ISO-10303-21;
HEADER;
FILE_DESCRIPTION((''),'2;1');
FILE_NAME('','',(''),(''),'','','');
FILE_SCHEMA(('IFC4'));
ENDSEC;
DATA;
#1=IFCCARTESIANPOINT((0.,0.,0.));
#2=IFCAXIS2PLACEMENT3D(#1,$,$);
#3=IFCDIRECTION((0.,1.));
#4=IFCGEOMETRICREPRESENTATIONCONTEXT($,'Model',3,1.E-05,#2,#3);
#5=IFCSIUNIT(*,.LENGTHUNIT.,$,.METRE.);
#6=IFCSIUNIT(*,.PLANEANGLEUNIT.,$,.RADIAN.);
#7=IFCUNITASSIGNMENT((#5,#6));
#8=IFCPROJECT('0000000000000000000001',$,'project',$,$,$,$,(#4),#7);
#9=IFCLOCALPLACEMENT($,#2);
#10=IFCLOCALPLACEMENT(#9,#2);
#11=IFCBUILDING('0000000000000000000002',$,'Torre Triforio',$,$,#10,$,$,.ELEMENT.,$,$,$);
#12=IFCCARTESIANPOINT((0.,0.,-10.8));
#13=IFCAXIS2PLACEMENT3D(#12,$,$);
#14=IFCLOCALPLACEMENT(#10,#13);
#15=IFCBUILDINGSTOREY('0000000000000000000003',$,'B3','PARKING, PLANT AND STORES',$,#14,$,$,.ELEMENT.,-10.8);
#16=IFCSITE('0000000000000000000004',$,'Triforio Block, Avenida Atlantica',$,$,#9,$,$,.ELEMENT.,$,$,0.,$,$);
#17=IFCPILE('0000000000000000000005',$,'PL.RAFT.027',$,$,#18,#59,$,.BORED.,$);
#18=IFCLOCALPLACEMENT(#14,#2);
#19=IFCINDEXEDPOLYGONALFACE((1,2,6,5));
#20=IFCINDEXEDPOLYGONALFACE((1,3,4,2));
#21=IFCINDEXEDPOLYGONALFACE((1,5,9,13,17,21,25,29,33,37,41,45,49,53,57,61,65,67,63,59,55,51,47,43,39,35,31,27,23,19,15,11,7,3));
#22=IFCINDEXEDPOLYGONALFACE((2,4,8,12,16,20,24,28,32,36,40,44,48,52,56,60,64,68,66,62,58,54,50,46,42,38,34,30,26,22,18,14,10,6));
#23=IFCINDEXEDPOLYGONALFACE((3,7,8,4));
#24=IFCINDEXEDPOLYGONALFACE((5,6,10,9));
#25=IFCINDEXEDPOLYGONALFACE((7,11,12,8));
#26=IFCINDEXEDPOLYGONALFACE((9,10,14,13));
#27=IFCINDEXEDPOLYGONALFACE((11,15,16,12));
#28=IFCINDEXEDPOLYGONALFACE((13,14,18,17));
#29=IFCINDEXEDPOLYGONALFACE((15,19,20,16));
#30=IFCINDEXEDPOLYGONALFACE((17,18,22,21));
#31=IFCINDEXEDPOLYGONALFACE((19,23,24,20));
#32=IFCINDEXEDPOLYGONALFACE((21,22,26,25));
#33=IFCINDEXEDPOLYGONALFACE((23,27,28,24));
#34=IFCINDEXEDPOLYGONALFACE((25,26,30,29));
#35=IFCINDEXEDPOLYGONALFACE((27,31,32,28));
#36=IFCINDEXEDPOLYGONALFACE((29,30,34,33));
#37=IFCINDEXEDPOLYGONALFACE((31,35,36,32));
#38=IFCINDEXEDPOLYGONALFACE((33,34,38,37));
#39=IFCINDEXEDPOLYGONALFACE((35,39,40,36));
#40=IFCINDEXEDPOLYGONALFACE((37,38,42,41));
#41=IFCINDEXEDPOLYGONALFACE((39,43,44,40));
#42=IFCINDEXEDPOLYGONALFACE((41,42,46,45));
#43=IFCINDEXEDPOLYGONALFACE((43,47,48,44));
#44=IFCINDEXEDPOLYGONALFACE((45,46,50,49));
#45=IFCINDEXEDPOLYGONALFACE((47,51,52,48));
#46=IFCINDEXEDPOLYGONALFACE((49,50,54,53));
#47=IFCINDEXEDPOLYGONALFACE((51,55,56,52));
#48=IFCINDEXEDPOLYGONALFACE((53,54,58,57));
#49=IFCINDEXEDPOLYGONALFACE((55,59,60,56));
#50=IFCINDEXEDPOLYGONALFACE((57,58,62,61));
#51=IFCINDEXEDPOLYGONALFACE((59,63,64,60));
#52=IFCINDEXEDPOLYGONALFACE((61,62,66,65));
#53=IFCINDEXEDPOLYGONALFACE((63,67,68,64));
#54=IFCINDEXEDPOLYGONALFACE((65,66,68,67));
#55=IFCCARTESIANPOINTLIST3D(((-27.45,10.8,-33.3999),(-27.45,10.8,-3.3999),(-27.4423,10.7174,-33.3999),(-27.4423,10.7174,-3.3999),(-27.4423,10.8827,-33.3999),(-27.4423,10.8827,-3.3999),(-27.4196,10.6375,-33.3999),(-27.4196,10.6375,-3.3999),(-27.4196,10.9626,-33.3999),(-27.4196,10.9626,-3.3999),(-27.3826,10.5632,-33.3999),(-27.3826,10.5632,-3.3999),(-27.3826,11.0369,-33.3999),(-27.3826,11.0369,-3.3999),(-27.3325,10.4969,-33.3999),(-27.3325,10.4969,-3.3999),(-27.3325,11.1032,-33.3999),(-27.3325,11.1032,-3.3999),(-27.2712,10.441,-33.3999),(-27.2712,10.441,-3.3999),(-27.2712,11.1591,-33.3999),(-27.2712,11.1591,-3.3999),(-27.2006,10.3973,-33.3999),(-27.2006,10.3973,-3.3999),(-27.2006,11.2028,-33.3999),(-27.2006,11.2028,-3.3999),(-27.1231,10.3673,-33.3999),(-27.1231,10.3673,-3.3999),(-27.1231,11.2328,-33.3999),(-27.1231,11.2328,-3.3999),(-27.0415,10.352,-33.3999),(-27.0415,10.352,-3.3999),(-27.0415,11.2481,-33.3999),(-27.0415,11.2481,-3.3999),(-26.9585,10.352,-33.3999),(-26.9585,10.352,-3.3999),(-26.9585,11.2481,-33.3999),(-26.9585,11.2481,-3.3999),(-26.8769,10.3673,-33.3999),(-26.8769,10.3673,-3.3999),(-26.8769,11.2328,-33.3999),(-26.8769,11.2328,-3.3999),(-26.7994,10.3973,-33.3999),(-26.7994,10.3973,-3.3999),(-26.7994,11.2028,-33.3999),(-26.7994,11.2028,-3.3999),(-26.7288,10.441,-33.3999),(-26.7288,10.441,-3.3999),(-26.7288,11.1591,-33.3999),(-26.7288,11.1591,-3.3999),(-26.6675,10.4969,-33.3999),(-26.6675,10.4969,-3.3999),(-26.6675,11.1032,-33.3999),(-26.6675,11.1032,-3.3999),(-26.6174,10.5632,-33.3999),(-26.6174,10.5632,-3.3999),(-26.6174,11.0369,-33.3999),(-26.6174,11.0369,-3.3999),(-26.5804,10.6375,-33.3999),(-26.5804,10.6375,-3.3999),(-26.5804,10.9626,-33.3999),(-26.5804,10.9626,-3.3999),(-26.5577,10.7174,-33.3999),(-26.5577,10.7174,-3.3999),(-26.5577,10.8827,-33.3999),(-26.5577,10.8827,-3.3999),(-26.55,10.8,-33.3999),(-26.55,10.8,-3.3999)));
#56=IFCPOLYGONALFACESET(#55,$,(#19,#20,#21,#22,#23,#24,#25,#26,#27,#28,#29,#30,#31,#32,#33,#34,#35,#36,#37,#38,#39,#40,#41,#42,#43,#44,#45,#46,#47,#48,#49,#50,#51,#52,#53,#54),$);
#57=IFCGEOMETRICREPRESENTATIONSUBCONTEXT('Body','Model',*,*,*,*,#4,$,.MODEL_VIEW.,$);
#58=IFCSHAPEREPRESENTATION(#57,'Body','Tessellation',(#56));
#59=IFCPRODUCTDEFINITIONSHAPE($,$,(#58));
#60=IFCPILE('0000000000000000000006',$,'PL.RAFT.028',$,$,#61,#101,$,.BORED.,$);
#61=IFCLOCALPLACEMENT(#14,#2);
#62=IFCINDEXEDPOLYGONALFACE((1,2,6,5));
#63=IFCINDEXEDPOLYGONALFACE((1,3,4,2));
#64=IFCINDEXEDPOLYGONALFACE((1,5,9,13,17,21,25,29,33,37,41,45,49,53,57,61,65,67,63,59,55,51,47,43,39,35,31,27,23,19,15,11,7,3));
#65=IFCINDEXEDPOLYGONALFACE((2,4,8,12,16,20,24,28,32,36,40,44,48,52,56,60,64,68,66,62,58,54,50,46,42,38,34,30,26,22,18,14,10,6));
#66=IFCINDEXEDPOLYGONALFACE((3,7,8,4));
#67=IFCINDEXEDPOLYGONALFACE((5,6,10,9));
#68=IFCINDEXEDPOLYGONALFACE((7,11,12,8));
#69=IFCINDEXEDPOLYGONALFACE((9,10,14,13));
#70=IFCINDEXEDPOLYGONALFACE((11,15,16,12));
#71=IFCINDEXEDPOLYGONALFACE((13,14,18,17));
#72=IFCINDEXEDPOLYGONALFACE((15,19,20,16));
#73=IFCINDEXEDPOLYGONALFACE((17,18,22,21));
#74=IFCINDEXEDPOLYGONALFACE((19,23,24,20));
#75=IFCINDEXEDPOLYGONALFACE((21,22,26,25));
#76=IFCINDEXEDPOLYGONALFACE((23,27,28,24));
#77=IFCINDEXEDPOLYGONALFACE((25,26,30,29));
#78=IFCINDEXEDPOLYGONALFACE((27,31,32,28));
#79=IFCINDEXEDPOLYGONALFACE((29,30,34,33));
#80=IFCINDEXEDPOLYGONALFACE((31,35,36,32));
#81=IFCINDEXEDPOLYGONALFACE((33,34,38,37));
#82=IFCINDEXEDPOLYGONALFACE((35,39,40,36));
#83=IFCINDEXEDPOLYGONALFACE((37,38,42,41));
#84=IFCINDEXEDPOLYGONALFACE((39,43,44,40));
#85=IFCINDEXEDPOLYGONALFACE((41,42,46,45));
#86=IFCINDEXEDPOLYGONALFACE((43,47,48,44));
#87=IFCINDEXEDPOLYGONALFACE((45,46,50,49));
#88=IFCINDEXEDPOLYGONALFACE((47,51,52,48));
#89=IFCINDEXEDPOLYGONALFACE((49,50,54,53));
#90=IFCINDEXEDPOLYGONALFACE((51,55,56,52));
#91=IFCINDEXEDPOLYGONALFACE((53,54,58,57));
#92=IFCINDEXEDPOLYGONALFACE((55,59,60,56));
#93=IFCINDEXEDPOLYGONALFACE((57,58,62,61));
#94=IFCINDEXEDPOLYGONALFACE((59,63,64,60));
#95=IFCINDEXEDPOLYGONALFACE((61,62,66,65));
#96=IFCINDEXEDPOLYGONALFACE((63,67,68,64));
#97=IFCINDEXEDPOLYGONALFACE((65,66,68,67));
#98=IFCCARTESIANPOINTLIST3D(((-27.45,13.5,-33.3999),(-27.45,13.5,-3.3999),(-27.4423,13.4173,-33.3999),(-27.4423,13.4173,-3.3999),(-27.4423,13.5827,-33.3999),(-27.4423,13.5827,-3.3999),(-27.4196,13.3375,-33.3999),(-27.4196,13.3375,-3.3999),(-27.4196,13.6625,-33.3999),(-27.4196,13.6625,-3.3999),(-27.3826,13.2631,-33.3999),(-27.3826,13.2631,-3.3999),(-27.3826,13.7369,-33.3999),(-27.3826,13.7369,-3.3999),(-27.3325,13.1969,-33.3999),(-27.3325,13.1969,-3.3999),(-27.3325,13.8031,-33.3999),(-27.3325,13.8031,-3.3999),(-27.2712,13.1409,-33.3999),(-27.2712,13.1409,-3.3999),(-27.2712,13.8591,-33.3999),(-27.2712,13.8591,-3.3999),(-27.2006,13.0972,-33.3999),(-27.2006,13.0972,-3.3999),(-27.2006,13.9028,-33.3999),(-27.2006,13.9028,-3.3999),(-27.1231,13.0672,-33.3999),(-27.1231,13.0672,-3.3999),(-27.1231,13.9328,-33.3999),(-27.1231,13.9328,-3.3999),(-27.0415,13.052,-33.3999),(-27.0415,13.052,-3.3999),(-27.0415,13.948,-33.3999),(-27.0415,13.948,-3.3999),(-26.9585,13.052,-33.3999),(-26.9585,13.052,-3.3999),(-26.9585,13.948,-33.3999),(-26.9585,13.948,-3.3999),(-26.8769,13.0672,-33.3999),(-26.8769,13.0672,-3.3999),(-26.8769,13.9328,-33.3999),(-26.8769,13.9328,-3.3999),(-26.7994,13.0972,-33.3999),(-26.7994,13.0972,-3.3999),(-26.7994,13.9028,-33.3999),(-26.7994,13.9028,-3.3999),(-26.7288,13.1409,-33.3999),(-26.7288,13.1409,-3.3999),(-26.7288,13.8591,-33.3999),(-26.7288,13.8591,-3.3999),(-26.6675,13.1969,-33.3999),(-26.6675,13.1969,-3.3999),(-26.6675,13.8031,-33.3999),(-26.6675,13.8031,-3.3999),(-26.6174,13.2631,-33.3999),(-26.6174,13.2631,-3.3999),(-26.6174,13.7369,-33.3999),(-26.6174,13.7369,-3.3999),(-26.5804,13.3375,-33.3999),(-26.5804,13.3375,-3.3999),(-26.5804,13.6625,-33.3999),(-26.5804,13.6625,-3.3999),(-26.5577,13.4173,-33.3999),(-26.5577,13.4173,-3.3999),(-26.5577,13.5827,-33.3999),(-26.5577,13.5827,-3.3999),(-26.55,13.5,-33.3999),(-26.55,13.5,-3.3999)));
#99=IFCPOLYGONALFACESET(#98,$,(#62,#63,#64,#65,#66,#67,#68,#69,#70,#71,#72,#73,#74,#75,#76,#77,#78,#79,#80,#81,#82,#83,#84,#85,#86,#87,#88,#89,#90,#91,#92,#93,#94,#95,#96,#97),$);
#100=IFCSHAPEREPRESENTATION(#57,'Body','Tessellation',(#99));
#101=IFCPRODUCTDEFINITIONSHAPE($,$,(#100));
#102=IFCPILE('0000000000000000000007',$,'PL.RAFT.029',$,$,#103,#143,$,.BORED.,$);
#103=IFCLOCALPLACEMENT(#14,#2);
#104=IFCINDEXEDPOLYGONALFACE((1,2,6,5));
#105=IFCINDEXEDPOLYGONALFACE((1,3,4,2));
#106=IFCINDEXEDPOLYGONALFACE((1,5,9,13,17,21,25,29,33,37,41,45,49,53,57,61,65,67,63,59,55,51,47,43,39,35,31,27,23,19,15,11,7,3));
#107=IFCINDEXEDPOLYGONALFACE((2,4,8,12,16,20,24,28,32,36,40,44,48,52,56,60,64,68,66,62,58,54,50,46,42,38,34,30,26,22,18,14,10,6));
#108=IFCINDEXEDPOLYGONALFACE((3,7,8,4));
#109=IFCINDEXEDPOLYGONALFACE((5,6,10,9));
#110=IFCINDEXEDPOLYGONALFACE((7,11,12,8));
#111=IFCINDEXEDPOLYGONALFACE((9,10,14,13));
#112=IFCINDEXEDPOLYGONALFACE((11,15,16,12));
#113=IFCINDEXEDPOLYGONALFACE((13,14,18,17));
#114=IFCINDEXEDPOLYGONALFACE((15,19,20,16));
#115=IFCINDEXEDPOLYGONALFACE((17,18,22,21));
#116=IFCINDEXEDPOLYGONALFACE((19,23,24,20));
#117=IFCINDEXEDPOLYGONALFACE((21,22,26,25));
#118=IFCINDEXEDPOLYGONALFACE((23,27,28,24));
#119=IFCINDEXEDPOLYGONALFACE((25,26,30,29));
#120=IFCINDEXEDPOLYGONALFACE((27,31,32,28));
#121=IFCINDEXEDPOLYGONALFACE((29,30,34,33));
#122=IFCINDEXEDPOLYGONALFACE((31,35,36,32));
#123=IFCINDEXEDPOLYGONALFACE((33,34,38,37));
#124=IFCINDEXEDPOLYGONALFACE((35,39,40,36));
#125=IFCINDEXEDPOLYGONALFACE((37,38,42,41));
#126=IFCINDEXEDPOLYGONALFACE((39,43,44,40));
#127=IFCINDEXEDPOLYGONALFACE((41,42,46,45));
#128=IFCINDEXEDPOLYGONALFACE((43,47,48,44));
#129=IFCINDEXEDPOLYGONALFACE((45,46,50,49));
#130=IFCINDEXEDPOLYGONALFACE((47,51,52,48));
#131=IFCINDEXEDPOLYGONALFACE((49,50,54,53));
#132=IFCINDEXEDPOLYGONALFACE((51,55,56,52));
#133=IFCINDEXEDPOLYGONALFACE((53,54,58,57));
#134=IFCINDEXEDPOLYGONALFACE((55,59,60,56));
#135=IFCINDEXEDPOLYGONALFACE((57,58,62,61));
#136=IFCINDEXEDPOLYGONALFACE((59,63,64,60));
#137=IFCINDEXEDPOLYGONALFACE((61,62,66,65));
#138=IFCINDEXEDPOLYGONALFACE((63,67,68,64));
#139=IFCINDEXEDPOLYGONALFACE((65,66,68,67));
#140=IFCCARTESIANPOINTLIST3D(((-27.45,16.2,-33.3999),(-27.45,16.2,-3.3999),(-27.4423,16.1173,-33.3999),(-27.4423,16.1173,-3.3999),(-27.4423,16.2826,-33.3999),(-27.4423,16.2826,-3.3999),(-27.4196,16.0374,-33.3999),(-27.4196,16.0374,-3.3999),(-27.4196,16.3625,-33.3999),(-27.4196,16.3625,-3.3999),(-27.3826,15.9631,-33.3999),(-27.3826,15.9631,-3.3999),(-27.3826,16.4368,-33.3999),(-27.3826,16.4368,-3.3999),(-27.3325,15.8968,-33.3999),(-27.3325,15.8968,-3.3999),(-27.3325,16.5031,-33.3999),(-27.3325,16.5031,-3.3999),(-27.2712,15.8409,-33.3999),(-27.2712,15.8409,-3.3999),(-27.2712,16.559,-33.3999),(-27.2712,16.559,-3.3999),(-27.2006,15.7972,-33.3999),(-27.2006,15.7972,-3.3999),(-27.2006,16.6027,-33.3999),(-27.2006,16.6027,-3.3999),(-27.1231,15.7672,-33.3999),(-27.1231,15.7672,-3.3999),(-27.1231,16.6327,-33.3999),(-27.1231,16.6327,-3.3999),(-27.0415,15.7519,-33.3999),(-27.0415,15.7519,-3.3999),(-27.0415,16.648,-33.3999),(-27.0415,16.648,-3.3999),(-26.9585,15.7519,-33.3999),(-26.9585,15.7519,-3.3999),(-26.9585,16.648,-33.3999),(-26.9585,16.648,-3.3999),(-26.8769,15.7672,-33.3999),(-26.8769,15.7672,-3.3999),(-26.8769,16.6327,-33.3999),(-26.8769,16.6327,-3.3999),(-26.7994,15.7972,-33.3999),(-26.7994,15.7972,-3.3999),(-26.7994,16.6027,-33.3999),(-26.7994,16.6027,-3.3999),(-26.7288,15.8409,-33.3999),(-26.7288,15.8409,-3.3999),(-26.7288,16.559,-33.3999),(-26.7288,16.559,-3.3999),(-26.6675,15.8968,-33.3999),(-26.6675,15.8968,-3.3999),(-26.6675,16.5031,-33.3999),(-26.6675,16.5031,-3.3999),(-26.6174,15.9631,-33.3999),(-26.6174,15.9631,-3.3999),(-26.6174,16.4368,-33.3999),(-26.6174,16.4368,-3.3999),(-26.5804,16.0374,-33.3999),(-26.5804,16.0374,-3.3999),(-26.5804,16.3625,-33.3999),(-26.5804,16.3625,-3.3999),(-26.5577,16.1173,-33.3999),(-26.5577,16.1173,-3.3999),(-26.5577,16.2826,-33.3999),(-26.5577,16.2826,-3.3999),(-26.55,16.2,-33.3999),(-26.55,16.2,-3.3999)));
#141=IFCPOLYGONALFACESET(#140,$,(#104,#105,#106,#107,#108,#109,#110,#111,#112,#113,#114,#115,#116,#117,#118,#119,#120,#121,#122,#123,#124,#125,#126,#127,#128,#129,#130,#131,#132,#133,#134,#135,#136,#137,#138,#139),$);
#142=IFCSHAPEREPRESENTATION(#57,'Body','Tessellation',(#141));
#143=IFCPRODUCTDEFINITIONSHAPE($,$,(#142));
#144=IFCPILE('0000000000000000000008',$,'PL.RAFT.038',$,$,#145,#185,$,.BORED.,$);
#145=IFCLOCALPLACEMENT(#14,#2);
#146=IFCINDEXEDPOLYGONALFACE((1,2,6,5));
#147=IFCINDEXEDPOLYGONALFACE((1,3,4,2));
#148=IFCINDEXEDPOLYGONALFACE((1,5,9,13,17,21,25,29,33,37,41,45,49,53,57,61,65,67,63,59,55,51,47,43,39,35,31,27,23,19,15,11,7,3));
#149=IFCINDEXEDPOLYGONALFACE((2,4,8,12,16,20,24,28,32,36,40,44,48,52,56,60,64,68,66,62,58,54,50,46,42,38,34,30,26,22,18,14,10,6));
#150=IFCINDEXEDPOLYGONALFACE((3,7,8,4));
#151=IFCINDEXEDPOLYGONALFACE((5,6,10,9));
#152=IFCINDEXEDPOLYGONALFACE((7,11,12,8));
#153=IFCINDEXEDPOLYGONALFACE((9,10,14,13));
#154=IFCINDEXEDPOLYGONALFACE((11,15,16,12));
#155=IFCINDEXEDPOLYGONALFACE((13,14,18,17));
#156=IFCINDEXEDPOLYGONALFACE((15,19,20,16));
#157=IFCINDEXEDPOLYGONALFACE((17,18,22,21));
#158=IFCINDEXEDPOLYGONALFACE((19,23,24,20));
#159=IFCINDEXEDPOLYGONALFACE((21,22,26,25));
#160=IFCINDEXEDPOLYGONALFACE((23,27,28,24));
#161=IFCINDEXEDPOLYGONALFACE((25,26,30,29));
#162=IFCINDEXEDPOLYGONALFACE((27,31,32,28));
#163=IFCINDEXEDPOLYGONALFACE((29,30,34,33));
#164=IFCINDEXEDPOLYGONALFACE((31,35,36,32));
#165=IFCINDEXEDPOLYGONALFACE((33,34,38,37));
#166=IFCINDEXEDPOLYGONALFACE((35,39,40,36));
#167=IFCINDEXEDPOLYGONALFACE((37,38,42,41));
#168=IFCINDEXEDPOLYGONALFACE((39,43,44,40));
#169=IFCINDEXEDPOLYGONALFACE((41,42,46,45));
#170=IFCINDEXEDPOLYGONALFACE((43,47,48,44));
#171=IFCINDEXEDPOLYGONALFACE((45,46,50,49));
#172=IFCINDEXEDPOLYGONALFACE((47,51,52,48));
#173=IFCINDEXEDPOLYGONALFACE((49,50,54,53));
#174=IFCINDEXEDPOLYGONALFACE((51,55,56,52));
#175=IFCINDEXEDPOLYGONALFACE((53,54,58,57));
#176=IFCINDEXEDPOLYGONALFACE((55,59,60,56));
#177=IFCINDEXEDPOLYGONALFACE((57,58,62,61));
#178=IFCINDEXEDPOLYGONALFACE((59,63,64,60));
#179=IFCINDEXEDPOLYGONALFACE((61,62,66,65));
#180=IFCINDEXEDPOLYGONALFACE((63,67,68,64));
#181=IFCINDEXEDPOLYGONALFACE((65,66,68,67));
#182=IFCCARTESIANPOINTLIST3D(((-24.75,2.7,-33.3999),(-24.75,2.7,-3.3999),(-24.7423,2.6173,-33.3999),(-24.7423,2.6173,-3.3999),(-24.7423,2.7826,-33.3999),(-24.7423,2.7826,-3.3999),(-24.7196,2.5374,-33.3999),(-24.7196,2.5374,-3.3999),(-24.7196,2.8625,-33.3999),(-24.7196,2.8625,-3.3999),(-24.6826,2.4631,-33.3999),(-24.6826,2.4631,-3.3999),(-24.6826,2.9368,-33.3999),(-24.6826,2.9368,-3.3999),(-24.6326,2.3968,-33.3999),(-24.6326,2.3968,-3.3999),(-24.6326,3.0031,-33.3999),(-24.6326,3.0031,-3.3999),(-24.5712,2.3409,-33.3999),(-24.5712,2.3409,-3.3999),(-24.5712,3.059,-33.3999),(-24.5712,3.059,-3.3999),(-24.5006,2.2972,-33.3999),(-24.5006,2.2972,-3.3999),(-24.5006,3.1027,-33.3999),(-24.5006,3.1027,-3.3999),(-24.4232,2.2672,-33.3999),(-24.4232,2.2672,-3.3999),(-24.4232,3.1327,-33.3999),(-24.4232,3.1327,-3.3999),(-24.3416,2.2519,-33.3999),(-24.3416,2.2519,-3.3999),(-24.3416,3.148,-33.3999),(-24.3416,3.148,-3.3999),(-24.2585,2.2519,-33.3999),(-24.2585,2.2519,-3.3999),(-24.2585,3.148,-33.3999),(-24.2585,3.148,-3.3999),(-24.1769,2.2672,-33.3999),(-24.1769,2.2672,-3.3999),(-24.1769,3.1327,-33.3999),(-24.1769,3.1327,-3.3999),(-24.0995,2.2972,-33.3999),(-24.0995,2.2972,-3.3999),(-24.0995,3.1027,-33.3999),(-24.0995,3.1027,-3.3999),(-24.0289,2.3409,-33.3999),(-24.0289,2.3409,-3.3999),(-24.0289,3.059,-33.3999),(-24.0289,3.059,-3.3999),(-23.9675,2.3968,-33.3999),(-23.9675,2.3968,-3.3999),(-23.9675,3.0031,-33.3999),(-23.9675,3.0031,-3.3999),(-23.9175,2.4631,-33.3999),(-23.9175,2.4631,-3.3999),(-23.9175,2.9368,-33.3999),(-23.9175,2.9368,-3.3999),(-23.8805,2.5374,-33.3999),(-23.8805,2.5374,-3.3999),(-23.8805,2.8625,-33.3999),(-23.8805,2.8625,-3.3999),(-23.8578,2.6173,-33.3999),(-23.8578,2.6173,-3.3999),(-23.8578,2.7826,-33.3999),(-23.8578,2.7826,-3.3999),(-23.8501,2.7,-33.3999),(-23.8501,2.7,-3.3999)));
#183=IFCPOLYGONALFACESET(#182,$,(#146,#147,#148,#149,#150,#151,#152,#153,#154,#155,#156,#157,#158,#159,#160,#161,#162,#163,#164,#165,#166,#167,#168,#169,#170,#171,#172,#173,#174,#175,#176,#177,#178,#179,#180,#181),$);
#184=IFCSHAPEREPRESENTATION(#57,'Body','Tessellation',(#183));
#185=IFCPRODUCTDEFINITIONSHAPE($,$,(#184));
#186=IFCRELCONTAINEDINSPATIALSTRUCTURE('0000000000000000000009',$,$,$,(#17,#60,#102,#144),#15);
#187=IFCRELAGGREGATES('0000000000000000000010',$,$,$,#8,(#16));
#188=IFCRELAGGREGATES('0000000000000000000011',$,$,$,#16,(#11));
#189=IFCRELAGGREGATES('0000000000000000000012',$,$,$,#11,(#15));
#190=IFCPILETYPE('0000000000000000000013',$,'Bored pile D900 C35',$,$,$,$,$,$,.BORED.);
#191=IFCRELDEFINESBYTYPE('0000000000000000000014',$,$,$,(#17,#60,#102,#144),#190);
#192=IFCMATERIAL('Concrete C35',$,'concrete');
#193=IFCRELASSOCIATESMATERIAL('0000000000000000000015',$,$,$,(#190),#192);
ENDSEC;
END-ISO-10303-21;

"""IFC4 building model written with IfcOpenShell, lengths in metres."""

from ifc_helpers import new_model, si_unit, direction, frame, origin, origin_2d, place, context, subcontext, project, spatial, circle, extrude, material, material_profile, profile_set, type_object, element, save


model = new_model("IFC4")

# Units and contexts
model_context = context("Model", 3, precision=1e-05, world=origin(), true_north=direction((0.0, 1.0)))
body_context = subcontext(model_context, "Body", "Model", "MODEL_VIEW")
ifc_project = project(units=[si_unit("LENGTHUNIT", "METRE"), si_unit("PLANEANGLEUNIT", "RADIAN")], contexts=[model_context])

# Site, building, storey
site_placement = place(None, origin())
site = spatial("IfcSite", under=ifc_project, at=site_placement, Name="Triforio Block, Avenida Atlantica", CompositionType="ELEMENT", RefElevation=0.0)
building_placement = place(site_placement, origin())
building = spatial("IfcBuilding", under=site, at=building_placement, Name="Torre Triforio", CompositionType="ELEMENT")
storey_placement = place(building_placement, frame((0.0, 0.0, -10.8)))
storey = spatial("IfcBuildingStorey", under=building, at=storey_placement, Name="B3", Description="PARKING, PLANT AND STORES", CompositionType="ELEMENT", Elevation=-10.8)

# Piles
ifc_material_1 = material(Name="Concrete C35", Category="concrete")
ifc_material_profile_1 = material_profile(ifc_material_1, circle(Radius=0.45, at=origin_2d()), Name="RC D900")
ifc_profile_set_1 = profile_set([ifc_material_profile_1], Name="Concrete C35")
pile_type = type_object("IfcPileType", Name="Bored pile D900 C35", PredefinedType="BORED", material=ifc_profile_set_1)
for number, where, z_axis, x_axis, name in (
    (1, (-27.0, 10.8, -3.3999), (0.0, 0.0, -1.0), (1.0, 0.0, 0.0), "PL.RAFT.027"),
    (2, (-27.0, 13.5, -3.3999), (0.0, 0.0, -1.0), (1.0, 0.0, 0.0), "PL.RAFT.028"),
    (3, (-27.0, 16.2, -3.3999), (0.0, 0.0, -1.0), (1.0, 0.0, 0.0), "PL.RAFT.029"),
    (4, (-24.3, 2.7, -3.3999), (0.0, 0.0, -1.0), (1.0, 0.0, 0.0), "PL.RAFT.038"),
):
    element("IfcPile", number, at=place(storey_placement, frame(where, z_axis=z_axis, x_axis=x_axis)), inside=storey, type_object=pile_type, Name=name, PredefinedType="BORED", context=body_context, shape_type="SweptSolid", body=[
        extrude(circle(Radius=0.45, at=origin_2d()), origin(), (0.0, 0.0, 1.0), 30.0),
    ])

save(model, "model.ifc")
